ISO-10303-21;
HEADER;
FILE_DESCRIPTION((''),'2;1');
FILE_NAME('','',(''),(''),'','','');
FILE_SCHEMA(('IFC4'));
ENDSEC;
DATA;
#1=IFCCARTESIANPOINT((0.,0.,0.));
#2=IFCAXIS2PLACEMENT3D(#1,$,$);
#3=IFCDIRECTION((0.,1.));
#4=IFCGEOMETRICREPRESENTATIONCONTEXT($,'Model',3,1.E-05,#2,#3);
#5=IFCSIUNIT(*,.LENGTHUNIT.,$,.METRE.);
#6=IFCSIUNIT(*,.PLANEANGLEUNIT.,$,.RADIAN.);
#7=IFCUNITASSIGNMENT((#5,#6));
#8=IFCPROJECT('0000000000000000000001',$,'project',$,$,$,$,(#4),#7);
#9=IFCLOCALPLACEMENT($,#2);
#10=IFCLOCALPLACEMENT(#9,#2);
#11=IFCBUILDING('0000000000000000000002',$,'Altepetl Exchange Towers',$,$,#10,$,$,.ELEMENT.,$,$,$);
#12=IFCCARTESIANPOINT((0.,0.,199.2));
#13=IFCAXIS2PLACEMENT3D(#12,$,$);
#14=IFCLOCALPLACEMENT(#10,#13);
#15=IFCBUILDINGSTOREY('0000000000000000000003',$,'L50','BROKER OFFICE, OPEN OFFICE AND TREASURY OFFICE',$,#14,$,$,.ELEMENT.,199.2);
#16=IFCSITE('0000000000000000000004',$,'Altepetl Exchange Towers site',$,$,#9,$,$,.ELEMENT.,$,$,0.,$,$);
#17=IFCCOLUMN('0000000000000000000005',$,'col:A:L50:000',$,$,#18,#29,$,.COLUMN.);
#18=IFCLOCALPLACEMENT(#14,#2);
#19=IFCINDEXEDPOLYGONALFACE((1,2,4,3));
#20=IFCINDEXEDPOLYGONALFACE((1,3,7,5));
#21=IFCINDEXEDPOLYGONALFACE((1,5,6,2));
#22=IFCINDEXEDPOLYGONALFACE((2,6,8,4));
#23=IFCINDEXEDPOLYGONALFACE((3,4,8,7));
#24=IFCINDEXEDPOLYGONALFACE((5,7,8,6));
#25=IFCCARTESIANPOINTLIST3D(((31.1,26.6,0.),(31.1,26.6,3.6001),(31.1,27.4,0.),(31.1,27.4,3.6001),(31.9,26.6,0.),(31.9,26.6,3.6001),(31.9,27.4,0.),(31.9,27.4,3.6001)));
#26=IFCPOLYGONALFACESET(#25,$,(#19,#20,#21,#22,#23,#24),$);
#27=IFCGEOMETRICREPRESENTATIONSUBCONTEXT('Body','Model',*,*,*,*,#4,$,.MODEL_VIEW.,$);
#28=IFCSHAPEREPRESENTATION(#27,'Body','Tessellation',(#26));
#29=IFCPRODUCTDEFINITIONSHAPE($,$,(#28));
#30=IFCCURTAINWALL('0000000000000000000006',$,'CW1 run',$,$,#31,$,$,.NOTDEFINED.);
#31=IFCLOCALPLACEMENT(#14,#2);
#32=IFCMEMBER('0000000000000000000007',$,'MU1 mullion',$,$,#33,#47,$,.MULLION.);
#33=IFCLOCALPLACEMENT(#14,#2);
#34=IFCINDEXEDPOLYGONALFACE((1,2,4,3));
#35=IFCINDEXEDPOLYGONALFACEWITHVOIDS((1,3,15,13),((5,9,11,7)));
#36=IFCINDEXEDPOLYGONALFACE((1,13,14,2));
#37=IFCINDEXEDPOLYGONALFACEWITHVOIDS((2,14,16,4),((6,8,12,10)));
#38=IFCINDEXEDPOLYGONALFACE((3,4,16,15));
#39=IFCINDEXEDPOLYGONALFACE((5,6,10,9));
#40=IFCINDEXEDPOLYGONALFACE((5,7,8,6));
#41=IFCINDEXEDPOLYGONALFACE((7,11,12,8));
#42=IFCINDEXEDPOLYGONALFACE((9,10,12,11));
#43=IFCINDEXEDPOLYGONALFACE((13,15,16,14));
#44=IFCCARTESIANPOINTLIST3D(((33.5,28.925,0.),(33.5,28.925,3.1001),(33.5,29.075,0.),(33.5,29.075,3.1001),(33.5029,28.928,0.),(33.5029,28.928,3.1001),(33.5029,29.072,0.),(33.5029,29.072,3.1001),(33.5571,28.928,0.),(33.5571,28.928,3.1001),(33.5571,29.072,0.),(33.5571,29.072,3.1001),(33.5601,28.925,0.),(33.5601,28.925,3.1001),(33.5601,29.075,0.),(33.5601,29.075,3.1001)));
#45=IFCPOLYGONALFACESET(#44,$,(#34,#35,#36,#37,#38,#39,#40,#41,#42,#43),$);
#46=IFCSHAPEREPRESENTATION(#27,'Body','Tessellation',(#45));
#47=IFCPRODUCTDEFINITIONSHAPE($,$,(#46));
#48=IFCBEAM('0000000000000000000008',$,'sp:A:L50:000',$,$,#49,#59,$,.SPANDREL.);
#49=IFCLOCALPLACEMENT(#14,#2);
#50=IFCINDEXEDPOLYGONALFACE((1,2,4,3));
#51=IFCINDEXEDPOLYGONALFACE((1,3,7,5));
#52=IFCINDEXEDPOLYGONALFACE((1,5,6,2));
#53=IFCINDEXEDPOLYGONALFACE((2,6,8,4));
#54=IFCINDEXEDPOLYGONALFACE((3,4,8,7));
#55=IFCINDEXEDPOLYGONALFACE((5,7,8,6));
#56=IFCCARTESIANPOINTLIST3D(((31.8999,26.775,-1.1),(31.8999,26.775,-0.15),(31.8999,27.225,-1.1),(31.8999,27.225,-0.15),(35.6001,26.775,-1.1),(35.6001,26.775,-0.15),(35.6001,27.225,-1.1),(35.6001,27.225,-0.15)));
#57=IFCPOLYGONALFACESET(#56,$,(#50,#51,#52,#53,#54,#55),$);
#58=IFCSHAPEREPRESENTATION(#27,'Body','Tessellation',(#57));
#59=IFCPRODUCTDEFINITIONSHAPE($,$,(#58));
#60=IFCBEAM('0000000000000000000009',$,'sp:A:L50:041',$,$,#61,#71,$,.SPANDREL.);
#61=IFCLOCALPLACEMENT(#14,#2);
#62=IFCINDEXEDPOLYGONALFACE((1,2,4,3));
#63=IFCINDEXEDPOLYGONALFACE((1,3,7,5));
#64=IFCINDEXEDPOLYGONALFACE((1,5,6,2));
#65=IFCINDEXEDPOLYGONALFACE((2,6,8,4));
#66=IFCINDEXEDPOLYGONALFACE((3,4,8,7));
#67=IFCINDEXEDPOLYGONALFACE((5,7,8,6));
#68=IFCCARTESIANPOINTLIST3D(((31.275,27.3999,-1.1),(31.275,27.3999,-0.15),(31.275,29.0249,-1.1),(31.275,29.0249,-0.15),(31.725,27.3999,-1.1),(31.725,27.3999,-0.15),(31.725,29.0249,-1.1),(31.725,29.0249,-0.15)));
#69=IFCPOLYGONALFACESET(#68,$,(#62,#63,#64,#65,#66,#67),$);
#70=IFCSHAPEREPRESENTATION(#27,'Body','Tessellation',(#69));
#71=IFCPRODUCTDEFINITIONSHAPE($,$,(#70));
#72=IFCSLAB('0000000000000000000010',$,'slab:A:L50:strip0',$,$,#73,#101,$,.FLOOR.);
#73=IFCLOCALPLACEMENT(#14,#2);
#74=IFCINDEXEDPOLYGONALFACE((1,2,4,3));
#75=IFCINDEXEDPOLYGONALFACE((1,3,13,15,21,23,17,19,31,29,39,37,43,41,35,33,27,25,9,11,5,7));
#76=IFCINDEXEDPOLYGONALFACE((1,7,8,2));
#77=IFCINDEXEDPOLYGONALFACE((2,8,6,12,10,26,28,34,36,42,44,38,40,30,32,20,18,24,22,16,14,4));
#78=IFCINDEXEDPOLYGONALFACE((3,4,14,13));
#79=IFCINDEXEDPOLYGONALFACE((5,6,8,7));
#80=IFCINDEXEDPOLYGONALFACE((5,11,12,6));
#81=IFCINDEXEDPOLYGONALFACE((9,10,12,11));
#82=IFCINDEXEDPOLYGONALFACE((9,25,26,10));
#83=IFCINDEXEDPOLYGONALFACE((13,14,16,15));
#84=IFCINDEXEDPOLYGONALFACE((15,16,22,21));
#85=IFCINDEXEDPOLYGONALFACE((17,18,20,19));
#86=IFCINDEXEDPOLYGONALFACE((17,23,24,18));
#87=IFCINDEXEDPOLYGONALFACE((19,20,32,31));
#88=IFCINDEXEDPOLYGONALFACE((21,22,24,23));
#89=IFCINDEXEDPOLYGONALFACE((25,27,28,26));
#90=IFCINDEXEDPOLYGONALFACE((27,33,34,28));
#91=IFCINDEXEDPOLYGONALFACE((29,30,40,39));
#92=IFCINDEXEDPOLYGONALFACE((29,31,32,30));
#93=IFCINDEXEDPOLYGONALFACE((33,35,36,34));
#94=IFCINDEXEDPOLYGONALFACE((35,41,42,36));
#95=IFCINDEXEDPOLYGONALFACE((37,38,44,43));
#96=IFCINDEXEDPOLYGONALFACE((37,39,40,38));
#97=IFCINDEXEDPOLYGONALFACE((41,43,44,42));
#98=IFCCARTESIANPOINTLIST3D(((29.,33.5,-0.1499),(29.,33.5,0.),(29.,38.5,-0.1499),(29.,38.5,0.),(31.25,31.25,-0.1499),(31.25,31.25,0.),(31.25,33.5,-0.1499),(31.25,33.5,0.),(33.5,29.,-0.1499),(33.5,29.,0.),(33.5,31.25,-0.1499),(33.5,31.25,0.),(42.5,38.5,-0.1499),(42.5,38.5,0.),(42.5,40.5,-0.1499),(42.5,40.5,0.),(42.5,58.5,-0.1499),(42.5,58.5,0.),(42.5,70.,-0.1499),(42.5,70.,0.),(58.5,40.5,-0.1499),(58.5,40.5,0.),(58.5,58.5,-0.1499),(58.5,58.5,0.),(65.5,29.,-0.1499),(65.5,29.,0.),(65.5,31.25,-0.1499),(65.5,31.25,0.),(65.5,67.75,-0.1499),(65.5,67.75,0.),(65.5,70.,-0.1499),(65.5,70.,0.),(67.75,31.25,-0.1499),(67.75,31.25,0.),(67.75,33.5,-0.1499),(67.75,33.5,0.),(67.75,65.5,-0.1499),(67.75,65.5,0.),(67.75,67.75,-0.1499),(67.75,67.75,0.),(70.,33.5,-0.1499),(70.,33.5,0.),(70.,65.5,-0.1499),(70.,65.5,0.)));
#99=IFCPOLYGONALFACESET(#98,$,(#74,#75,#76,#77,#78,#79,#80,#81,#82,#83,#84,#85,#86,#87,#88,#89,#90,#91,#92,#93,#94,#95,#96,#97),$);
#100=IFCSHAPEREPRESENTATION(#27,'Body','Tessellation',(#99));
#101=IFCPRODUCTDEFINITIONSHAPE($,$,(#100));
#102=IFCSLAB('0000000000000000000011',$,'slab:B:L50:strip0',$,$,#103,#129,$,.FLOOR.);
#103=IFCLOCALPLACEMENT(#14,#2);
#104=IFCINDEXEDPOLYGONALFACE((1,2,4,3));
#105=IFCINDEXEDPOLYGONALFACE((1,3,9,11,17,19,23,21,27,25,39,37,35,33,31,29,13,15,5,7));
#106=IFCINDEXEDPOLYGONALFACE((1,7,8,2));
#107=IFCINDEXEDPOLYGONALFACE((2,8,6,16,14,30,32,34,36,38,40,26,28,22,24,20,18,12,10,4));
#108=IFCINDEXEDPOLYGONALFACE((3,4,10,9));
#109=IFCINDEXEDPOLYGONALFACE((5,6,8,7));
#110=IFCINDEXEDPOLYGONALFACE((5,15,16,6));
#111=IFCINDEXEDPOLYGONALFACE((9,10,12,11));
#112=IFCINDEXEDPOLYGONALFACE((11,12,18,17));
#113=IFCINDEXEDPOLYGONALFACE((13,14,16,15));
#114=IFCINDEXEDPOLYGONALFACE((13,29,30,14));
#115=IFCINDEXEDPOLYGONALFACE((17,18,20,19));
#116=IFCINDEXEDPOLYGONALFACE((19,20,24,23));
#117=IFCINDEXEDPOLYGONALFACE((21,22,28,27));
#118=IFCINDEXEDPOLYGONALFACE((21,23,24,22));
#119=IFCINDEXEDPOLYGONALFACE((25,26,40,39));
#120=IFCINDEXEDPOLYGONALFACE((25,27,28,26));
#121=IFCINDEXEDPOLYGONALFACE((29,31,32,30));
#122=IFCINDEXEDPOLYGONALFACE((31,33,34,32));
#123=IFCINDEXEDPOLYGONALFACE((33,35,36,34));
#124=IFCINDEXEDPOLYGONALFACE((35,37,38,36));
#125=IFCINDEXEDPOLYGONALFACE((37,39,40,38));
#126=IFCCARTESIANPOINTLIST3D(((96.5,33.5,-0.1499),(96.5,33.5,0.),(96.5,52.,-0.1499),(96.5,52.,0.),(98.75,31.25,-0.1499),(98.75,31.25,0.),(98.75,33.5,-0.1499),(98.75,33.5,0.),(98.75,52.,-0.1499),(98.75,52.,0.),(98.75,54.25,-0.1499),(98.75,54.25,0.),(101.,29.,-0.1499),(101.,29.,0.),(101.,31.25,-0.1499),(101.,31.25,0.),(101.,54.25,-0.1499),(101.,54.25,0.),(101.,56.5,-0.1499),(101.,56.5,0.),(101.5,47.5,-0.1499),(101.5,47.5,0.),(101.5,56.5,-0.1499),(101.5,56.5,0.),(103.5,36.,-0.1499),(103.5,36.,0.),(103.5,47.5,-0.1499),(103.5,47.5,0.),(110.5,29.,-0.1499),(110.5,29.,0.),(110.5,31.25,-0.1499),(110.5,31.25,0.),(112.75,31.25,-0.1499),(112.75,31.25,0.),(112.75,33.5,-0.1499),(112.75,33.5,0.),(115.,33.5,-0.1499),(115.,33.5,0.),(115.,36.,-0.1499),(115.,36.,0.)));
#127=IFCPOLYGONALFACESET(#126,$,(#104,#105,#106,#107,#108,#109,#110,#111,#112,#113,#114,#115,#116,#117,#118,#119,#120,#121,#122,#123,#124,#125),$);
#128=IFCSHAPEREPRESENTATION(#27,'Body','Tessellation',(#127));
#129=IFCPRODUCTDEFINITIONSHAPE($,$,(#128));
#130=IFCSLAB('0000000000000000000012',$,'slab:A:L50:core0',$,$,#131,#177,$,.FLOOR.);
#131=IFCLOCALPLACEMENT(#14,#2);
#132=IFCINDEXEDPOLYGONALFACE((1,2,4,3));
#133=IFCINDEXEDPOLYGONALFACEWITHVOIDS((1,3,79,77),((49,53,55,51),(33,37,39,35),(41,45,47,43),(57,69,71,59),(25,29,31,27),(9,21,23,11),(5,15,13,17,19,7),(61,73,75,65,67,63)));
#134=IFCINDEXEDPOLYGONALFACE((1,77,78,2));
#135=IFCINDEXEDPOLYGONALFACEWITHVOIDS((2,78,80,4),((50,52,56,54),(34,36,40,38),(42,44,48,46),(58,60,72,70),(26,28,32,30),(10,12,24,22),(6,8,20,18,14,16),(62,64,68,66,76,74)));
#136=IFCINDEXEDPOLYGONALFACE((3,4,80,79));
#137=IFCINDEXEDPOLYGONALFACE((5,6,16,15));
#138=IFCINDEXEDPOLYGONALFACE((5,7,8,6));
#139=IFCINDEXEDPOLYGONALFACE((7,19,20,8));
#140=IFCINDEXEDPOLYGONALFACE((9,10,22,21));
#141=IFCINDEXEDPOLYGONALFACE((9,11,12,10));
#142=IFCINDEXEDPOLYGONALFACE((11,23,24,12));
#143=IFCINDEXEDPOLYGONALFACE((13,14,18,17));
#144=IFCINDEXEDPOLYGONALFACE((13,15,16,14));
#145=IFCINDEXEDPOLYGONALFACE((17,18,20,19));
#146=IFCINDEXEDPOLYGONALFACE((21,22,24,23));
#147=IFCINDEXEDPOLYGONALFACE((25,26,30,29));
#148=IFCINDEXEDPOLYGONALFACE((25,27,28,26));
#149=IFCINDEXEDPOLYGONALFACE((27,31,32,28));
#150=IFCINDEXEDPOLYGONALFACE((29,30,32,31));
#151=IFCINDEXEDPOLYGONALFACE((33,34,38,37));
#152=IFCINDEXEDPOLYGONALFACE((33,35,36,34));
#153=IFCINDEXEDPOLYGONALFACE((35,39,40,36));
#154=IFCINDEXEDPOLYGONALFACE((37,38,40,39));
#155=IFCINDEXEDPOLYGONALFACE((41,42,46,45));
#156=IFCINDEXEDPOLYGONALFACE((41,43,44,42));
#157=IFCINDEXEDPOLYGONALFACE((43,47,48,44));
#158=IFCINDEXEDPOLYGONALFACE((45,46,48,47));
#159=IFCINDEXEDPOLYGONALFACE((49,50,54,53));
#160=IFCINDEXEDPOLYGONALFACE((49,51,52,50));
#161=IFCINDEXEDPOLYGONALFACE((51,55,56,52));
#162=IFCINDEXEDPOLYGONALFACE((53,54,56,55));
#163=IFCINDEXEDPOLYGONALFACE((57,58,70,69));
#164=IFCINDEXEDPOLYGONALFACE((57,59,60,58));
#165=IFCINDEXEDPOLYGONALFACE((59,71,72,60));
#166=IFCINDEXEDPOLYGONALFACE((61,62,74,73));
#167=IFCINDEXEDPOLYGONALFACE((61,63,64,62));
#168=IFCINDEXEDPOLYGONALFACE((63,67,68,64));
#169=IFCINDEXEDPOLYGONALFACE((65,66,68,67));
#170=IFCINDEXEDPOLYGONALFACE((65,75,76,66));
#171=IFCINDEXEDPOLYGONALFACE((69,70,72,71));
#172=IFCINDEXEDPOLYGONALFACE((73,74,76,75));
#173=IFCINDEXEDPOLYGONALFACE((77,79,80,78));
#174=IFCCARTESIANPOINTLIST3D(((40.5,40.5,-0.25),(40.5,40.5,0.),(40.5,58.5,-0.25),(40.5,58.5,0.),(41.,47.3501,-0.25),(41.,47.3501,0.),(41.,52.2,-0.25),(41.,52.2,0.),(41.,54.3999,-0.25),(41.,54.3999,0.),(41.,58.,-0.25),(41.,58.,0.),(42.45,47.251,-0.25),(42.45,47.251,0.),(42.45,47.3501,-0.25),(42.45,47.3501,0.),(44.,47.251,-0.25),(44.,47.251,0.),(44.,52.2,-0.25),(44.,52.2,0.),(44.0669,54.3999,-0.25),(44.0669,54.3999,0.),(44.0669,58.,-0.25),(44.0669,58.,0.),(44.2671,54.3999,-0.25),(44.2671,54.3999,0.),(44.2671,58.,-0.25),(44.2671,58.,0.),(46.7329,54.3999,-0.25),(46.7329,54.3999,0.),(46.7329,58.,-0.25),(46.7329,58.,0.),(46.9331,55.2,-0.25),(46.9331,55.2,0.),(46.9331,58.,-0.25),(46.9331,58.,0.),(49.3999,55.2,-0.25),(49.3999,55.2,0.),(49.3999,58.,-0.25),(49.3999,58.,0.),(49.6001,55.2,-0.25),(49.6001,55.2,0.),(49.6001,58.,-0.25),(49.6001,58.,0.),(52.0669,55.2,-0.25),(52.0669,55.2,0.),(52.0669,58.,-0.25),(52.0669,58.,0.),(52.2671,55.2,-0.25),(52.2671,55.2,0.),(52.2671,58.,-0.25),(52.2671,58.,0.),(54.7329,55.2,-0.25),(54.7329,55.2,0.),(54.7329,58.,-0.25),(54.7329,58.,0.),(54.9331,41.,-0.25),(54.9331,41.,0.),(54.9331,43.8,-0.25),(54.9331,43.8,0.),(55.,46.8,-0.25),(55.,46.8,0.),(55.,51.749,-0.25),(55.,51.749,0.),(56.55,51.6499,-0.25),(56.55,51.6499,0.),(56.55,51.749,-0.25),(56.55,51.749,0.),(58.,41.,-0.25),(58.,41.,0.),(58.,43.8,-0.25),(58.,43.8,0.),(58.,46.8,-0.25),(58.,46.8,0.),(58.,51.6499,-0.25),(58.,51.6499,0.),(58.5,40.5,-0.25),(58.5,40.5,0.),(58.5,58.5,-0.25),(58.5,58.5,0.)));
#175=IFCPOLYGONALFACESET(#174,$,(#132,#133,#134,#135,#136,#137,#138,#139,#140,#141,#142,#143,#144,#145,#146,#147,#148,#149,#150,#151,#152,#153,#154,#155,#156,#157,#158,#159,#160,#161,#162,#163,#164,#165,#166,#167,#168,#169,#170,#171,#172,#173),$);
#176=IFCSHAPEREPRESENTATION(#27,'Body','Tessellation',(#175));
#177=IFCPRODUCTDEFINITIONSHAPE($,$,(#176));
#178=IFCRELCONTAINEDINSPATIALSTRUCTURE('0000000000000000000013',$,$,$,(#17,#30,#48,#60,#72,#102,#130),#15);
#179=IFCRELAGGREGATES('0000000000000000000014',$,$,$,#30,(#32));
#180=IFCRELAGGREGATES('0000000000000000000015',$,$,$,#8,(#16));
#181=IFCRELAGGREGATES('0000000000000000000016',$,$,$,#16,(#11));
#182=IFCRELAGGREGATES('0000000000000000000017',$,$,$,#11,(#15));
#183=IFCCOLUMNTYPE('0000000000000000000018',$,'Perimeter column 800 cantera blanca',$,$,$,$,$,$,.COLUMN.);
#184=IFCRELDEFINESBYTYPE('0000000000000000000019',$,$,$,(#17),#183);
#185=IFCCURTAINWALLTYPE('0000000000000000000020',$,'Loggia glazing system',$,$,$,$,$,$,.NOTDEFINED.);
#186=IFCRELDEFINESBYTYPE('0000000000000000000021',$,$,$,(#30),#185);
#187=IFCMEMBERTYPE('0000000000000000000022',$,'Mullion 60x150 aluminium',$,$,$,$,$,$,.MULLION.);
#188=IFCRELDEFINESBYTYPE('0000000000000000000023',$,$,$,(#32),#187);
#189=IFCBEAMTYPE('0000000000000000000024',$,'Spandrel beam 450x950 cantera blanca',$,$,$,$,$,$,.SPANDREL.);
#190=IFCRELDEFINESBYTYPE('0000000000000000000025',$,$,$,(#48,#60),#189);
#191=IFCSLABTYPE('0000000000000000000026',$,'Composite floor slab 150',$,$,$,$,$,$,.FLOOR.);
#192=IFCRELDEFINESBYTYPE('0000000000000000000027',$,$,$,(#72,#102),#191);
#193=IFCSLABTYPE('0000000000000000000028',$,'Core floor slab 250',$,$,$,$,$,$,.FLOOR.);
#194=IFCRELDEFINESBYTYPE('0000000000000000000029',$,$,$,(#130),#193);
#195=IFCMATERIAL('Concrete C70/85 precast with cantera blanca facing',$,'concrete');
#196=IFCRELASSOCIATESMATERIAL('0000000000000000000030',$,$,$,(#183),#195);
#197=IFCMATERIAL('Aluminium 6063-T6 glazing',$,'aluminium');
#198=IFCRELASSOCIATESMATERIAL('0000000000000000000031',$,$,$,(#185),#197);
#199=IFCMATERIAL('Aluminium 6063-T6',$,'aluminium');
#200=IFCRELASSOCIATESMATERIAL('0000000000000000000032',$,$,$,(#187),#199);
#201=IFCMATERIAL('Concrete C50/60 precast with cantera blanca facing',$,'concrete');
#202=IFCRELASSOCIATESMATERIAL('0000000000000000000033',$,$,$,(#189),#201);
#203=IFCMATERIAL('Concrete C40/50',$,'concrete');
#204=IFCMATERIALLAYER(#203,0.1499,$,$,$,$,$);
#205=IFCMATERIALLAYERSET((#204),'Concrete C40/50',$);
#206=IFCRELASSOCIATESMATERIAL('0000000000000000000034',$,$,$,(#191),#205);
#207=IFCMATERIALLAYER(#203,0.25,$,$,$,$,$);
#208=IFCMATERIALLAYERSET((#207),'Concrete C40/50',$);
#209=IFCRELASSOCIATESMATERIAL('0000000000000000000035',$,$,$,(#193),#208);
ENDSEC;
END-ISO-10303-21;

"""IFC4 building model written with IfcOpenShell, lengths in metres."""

from ifc_helpers import new_model, si_unit, direction, frame, origin, origin_2d, place, context, subcontext, project, spatial, polyline, rectangle, hollow_rectangle, outline, extrude, material, layer, layer_set, material_profile, profile_set, type_object, element, aggregate, save


model = new_model("IFC4")

# Units and contexts
model_context = context("Model", 3, precision=1e-05, world=origin(), true_north=direction((0.0, 1.0)))
body_context = subcontext(model_context, "Body", "Model", "MODEL_VIEW")
ifc_project = project(units=[si_unit("LENGTHUNIT", "METRE"), si_unit("PLANEANGLEUNIT", "RADIAN")], contexts=[model_context])

# Site, building, storey
site_placement = place(None, origin())
site = spatial("IfcSite", under=ifc_project, at=site_placement, Name="Altepetl Exchange Towers site", CompositionType="ELEMENT", RefElevation=0.0)
building_placement = place(site_placement, origin())
building = spatial("IfcBuilding", under=site, at=building_placement, Name="Altepetl Exchange Towers", CompositionType="ELEMENT")
storey_placement = place(building_placement, frame((0.0, 0.0, 199.2)))
storey = spatial("IfcBuildingStorey", under=building, at=storey_placement, Name="L50", Description="BROKER OFFICE, OPEN OFFICE AND TREASURY OFFICE", CompositionType="ELEMENT", Elevation=199.2)

# Column
ifc_material_1 = material(Name="Concrete C70/85 precast with cantera blanca facing", Category="concrete")
ifc_material_profile_1 = material_profile(ifc_material_1, rectangle(XDim=0.8, YDim=0.8, at=origin_2d()), Name="800 x 800")
ifc_profile_set_1 = profile_set([ifc_material_profile_1], Name="Concrete C70/85 precast with cantera blanca facing")
column_type = type_object("IfcColumnType", Name="Perimeter column 800 cantera blanca", PredefinedType="COLUMN", material=ifc_profile_set_1)
column_placement = place(storey_placement, frame((31.5, 27.0, 0.0)))
element("IfcColumn", 1, at=column_placement, inside=storey, type_object=column_type, Name="col:A:L50:000", PredefinedType="COLUMN", context=body_context, shape_type="SweptSolid", body=[
    extrude(rectangle(XDim=0.8, YDim=0.8, at=origin_2d()), origin(), (0.0, 0.0, 1.0), 3.6001),
])

# Curtain wall, member
ifc_material_2 = material(Name="Aluminium 6063-T6 glazing", Category="aluminium")
curtain_wall_type = type_object("IfcCurtainWallType", Name="Loggia glazing system", PredefinedType="NOTDEFINED", material=ifc_material_2)
curtain_wall_placement = place(storey_placement, origin())
curtain_wall = element("IfcCurtainWall", 2, at=curtain_wall_placement, inside=storey, type_object=curtain_wall_type, Name="CW1 run", PredefinedType="NOTDEFINED")
ifc_material_3 = material(Name="Aluminium 6063-T6", Category="aluminium")
ifc_material_profile_2 = material_profile(ifc_material_3, hollow_rectangle(XDim=0.0601, YDim=0.1499, WallThickness=0.0029, at=origin_2d()), Name="Mullion 60x150 aluminium")
ifc_profile_set_2 = profile_set([ifc_material_profile_2], Name="Aluminium 6063-T6")
member_type = type_object("IfcMemberType", Name="Mullion 60x150 aluminium", PredefinedType="MULLION", material=ifc_profile_set_2)
member_placement = place(storey_placement, frame((33.53, 29.0, 0.0)))
member = element("IfcMember", 3, at=member_placement, type_object=member_type, Name="MU1 mullion", PredefinedType="MULLION", context=body_context, shape_type="SweptSolid", body=[
    extrude(hollow_rectangle(XDim=0.0601, YDim=0.1499, WallThickness=0.0029, at=origin_2d()), origin(), (0.0, 0.0, 1.0), 3.1001),
])
aggregate(curtain_wall, [member])

# Beams
ifc_material_4 = material(Name="Concrete C50/60 precast with cantera blanca facing", Category="concrete")
ifc_material_profile_3 = material_profile(ifc_material_4, rectangle(XDim=0.45, YDim=0.95, at=origin_2d()), Name="450 x 950")
ifc_profile_set_3 = profile_set([ifc_material_profile_3], Name="Concrete C50/60 precast with cantera blanca facing")
beam_type = type_object("IfcBeamType", Name="Spandrel beam 450x950 cantera blanca", PredefinedType="SPANDREL", material=ifc_profile_set_3)
beam_1_placement = place(storey_placement, frame((31.8999, 27.0, -0.625), z_axis=(1.0, 0.0, 0.0), x_axis=(0.0, 1.0, 0.0)))
element("IfcBeam", 4, at=beam_1_placement, inside=storey, type_object=beam_type, Name="sp:A:L50:000", PredefinedType="SPANDREL", context=body_context, shape_type="SweptSolid", body=[
    extrude(rectangle(XDim=0.45, YDim=0.95, at=origin_2d()), origin(), (0.0, 0.0, 1.0), 3.7002),
])
beam_2_placement = place(storey_placement, frame((31.5, 29.0249, -0.625), z_axis=(0.0, -1.0, 0.0), x_axis=(1.0, 0.0, 0.0)))
element("IfcBeam", 5, at=beam_2_placement, inside=storey, type_object=beam_type, Name="sp:A:L50:041", PredefinedType="SPANDREL", context=body_context, shape_type="SweptSolid", body=[
    extrude(rectangle(XDim=0.45, YDim=0.95, at=origin_2d()), origin(), (0.0, 0.0, 1.0), 1.625),
])

# Slabs
ifc_material_5 = material(Name="Concrete C40/50", Category="concrete")
ifc_layer_1 = layer(ifc_material_5, 0.1499)
ifc_layer_set_1 = layer_set([ifc_layer_1], Name="Concrete C40/50")
slab_type_1 = type_object("IfcSlabType", Name="Composite floor slab 150", PredefinedType="FLOOR", material=ifc_layer_set_1)
slab_1_placement = place(storey_placement, frame((0.0, 0.0, -0.1499)))
element("IfcSlab", 6, at=slab_1_placement, inside=storey, type_object=slab_type_1, Name="slab:A:L50:strip0", PredefinedType="FLOOR", context=body_context, shape_type="SweptSolid", body=[
    extrude(outline(polyline([(42.5, 70.0), (42.5, 58.5), (58.5, 58.5), (58.5, 40.5), (42.5, 40.5), (42.5, 38.5), (29.0, 38.5), (29.0, 33.5), (31.25, 33.5), (31.25, 31.25), (33.5, 31.25), (33.5, 29.0), (65.5, 29.0), (65.5, 31.25), (67.75, 31.25), (67.75, 33.5), (70.0, 33.5), (70.0, 65.5), (67.75, 65.5), (67.75, 67.75), (65.5, 67.75), (65.5, 70.0), (42.5, 70.0)])), origin(), (0.0, 0.0, 1.0), 0.1499),
])
slab_2_placement = place(storey_placement, frame((0.0, 0.0, -0.1499)))
element("IfcSlab", 7, at=slab_2_placement, inside=storey, type_object=slab_type_1, Name="slab:B:L50:strip0", PredefinedType="FLOOR", context=body_context, shape_type="SweptSolid", body=[
    extrude(outline(polyline([(98.75, 31.25), (101.0, 31.25), (101.0, 29.0), (110.5, 29.0), (110.5, 31.25), (112.75, 31.25), (112.75, 33.5), (115.0, 33.5), (115.0, 36.0), (103.5, 36.0), (103.5, 47.5), (101.5, 47.5), (101.5, 56.5), (101.0, 56.5), (101.0, 54.25), (98.75, 54.25), (98.75, 52.0), (96.5, 52.0), (96.5, 33.5), (98.75, 33.5), (98.75, 31.25)])), origin(), (0.0, 0.0, 1.0), 0.1499),
])
ifc_layer_2 = layer(ifc_material_5, 0.25)
ifc_layer_set_2 = layer_set([ifc_layer_2], Name="Concrete C40/50")
slab_type_2 = type_object("IfcSlabType", Name="Core floor slab 250", PredefinedType="FLOOR", material=ifc_layer_set_2)
slab_3_placement = place(storey_placement, frame((0.0, 0.0, -0.25)))
element("IfcSlab", 8, at=slab_3_placement, inside=storey, type_object=slab_type_2, Name="slab:A:L50:core0", PredefinedType="FLOOR", context=body_context, shape_type="SweptSolid", body=[
    extrude(outline(polyline([(40.5, 40.5), (58.5, 40.5), (58.5, 58.5), (40.5, 58.5), (40.5, 40.5)]), holes=[polyline([(54.9331, 43.8), (58.0, 43.8), (58.0, 41.0), (54.9331, 41.0), (54.9331, 43.8)]), polyline([(55.0, 51.749), (56.55, 51.749), (56.55, 51.6499), (58.0, 51.6499), (58.0, 46.8), (55.0, 46.8), (55.0, 51.749)]), polyline([(44.0, 47.251), (42.45, 47.251), (42.45, 47.3501), (41.0, 47.3501), (41.0, 52.2), (44.0, 52.2), (44.0, 47.251)]), polyline([(41.0, 58.0), (44.0669, 58.0), (44.0669, 54.3999), (41.0, 54.3999), (41.0, 58.0)]), polyline([(44.2671, 58.0), (46.7329, 58.0), (46.7329, 54.3999), (44.2671, 54.3999), (44.2671, 58.0)]), polyline([(46.9331, 58.0), (49.3999, 58.0), (49.3999, 55.2), (46.9331, 55.2), (46.9331, 58.0)]), polyline([(49.6001, 58.0), (52.0669, 58.0), (52.0669, 55.2), (49.6001, 55.2), (49.6001, 58.0)]), polyline([(52.2671, 58.0), (54.7329, 58.0), (54.7329, 55.2), (52.2671, 55.2), (52.2671, 58.0)])]), origin(), (0.0, 0.0, 1.0), 0.25),
])

save(model, "model.ifc")
